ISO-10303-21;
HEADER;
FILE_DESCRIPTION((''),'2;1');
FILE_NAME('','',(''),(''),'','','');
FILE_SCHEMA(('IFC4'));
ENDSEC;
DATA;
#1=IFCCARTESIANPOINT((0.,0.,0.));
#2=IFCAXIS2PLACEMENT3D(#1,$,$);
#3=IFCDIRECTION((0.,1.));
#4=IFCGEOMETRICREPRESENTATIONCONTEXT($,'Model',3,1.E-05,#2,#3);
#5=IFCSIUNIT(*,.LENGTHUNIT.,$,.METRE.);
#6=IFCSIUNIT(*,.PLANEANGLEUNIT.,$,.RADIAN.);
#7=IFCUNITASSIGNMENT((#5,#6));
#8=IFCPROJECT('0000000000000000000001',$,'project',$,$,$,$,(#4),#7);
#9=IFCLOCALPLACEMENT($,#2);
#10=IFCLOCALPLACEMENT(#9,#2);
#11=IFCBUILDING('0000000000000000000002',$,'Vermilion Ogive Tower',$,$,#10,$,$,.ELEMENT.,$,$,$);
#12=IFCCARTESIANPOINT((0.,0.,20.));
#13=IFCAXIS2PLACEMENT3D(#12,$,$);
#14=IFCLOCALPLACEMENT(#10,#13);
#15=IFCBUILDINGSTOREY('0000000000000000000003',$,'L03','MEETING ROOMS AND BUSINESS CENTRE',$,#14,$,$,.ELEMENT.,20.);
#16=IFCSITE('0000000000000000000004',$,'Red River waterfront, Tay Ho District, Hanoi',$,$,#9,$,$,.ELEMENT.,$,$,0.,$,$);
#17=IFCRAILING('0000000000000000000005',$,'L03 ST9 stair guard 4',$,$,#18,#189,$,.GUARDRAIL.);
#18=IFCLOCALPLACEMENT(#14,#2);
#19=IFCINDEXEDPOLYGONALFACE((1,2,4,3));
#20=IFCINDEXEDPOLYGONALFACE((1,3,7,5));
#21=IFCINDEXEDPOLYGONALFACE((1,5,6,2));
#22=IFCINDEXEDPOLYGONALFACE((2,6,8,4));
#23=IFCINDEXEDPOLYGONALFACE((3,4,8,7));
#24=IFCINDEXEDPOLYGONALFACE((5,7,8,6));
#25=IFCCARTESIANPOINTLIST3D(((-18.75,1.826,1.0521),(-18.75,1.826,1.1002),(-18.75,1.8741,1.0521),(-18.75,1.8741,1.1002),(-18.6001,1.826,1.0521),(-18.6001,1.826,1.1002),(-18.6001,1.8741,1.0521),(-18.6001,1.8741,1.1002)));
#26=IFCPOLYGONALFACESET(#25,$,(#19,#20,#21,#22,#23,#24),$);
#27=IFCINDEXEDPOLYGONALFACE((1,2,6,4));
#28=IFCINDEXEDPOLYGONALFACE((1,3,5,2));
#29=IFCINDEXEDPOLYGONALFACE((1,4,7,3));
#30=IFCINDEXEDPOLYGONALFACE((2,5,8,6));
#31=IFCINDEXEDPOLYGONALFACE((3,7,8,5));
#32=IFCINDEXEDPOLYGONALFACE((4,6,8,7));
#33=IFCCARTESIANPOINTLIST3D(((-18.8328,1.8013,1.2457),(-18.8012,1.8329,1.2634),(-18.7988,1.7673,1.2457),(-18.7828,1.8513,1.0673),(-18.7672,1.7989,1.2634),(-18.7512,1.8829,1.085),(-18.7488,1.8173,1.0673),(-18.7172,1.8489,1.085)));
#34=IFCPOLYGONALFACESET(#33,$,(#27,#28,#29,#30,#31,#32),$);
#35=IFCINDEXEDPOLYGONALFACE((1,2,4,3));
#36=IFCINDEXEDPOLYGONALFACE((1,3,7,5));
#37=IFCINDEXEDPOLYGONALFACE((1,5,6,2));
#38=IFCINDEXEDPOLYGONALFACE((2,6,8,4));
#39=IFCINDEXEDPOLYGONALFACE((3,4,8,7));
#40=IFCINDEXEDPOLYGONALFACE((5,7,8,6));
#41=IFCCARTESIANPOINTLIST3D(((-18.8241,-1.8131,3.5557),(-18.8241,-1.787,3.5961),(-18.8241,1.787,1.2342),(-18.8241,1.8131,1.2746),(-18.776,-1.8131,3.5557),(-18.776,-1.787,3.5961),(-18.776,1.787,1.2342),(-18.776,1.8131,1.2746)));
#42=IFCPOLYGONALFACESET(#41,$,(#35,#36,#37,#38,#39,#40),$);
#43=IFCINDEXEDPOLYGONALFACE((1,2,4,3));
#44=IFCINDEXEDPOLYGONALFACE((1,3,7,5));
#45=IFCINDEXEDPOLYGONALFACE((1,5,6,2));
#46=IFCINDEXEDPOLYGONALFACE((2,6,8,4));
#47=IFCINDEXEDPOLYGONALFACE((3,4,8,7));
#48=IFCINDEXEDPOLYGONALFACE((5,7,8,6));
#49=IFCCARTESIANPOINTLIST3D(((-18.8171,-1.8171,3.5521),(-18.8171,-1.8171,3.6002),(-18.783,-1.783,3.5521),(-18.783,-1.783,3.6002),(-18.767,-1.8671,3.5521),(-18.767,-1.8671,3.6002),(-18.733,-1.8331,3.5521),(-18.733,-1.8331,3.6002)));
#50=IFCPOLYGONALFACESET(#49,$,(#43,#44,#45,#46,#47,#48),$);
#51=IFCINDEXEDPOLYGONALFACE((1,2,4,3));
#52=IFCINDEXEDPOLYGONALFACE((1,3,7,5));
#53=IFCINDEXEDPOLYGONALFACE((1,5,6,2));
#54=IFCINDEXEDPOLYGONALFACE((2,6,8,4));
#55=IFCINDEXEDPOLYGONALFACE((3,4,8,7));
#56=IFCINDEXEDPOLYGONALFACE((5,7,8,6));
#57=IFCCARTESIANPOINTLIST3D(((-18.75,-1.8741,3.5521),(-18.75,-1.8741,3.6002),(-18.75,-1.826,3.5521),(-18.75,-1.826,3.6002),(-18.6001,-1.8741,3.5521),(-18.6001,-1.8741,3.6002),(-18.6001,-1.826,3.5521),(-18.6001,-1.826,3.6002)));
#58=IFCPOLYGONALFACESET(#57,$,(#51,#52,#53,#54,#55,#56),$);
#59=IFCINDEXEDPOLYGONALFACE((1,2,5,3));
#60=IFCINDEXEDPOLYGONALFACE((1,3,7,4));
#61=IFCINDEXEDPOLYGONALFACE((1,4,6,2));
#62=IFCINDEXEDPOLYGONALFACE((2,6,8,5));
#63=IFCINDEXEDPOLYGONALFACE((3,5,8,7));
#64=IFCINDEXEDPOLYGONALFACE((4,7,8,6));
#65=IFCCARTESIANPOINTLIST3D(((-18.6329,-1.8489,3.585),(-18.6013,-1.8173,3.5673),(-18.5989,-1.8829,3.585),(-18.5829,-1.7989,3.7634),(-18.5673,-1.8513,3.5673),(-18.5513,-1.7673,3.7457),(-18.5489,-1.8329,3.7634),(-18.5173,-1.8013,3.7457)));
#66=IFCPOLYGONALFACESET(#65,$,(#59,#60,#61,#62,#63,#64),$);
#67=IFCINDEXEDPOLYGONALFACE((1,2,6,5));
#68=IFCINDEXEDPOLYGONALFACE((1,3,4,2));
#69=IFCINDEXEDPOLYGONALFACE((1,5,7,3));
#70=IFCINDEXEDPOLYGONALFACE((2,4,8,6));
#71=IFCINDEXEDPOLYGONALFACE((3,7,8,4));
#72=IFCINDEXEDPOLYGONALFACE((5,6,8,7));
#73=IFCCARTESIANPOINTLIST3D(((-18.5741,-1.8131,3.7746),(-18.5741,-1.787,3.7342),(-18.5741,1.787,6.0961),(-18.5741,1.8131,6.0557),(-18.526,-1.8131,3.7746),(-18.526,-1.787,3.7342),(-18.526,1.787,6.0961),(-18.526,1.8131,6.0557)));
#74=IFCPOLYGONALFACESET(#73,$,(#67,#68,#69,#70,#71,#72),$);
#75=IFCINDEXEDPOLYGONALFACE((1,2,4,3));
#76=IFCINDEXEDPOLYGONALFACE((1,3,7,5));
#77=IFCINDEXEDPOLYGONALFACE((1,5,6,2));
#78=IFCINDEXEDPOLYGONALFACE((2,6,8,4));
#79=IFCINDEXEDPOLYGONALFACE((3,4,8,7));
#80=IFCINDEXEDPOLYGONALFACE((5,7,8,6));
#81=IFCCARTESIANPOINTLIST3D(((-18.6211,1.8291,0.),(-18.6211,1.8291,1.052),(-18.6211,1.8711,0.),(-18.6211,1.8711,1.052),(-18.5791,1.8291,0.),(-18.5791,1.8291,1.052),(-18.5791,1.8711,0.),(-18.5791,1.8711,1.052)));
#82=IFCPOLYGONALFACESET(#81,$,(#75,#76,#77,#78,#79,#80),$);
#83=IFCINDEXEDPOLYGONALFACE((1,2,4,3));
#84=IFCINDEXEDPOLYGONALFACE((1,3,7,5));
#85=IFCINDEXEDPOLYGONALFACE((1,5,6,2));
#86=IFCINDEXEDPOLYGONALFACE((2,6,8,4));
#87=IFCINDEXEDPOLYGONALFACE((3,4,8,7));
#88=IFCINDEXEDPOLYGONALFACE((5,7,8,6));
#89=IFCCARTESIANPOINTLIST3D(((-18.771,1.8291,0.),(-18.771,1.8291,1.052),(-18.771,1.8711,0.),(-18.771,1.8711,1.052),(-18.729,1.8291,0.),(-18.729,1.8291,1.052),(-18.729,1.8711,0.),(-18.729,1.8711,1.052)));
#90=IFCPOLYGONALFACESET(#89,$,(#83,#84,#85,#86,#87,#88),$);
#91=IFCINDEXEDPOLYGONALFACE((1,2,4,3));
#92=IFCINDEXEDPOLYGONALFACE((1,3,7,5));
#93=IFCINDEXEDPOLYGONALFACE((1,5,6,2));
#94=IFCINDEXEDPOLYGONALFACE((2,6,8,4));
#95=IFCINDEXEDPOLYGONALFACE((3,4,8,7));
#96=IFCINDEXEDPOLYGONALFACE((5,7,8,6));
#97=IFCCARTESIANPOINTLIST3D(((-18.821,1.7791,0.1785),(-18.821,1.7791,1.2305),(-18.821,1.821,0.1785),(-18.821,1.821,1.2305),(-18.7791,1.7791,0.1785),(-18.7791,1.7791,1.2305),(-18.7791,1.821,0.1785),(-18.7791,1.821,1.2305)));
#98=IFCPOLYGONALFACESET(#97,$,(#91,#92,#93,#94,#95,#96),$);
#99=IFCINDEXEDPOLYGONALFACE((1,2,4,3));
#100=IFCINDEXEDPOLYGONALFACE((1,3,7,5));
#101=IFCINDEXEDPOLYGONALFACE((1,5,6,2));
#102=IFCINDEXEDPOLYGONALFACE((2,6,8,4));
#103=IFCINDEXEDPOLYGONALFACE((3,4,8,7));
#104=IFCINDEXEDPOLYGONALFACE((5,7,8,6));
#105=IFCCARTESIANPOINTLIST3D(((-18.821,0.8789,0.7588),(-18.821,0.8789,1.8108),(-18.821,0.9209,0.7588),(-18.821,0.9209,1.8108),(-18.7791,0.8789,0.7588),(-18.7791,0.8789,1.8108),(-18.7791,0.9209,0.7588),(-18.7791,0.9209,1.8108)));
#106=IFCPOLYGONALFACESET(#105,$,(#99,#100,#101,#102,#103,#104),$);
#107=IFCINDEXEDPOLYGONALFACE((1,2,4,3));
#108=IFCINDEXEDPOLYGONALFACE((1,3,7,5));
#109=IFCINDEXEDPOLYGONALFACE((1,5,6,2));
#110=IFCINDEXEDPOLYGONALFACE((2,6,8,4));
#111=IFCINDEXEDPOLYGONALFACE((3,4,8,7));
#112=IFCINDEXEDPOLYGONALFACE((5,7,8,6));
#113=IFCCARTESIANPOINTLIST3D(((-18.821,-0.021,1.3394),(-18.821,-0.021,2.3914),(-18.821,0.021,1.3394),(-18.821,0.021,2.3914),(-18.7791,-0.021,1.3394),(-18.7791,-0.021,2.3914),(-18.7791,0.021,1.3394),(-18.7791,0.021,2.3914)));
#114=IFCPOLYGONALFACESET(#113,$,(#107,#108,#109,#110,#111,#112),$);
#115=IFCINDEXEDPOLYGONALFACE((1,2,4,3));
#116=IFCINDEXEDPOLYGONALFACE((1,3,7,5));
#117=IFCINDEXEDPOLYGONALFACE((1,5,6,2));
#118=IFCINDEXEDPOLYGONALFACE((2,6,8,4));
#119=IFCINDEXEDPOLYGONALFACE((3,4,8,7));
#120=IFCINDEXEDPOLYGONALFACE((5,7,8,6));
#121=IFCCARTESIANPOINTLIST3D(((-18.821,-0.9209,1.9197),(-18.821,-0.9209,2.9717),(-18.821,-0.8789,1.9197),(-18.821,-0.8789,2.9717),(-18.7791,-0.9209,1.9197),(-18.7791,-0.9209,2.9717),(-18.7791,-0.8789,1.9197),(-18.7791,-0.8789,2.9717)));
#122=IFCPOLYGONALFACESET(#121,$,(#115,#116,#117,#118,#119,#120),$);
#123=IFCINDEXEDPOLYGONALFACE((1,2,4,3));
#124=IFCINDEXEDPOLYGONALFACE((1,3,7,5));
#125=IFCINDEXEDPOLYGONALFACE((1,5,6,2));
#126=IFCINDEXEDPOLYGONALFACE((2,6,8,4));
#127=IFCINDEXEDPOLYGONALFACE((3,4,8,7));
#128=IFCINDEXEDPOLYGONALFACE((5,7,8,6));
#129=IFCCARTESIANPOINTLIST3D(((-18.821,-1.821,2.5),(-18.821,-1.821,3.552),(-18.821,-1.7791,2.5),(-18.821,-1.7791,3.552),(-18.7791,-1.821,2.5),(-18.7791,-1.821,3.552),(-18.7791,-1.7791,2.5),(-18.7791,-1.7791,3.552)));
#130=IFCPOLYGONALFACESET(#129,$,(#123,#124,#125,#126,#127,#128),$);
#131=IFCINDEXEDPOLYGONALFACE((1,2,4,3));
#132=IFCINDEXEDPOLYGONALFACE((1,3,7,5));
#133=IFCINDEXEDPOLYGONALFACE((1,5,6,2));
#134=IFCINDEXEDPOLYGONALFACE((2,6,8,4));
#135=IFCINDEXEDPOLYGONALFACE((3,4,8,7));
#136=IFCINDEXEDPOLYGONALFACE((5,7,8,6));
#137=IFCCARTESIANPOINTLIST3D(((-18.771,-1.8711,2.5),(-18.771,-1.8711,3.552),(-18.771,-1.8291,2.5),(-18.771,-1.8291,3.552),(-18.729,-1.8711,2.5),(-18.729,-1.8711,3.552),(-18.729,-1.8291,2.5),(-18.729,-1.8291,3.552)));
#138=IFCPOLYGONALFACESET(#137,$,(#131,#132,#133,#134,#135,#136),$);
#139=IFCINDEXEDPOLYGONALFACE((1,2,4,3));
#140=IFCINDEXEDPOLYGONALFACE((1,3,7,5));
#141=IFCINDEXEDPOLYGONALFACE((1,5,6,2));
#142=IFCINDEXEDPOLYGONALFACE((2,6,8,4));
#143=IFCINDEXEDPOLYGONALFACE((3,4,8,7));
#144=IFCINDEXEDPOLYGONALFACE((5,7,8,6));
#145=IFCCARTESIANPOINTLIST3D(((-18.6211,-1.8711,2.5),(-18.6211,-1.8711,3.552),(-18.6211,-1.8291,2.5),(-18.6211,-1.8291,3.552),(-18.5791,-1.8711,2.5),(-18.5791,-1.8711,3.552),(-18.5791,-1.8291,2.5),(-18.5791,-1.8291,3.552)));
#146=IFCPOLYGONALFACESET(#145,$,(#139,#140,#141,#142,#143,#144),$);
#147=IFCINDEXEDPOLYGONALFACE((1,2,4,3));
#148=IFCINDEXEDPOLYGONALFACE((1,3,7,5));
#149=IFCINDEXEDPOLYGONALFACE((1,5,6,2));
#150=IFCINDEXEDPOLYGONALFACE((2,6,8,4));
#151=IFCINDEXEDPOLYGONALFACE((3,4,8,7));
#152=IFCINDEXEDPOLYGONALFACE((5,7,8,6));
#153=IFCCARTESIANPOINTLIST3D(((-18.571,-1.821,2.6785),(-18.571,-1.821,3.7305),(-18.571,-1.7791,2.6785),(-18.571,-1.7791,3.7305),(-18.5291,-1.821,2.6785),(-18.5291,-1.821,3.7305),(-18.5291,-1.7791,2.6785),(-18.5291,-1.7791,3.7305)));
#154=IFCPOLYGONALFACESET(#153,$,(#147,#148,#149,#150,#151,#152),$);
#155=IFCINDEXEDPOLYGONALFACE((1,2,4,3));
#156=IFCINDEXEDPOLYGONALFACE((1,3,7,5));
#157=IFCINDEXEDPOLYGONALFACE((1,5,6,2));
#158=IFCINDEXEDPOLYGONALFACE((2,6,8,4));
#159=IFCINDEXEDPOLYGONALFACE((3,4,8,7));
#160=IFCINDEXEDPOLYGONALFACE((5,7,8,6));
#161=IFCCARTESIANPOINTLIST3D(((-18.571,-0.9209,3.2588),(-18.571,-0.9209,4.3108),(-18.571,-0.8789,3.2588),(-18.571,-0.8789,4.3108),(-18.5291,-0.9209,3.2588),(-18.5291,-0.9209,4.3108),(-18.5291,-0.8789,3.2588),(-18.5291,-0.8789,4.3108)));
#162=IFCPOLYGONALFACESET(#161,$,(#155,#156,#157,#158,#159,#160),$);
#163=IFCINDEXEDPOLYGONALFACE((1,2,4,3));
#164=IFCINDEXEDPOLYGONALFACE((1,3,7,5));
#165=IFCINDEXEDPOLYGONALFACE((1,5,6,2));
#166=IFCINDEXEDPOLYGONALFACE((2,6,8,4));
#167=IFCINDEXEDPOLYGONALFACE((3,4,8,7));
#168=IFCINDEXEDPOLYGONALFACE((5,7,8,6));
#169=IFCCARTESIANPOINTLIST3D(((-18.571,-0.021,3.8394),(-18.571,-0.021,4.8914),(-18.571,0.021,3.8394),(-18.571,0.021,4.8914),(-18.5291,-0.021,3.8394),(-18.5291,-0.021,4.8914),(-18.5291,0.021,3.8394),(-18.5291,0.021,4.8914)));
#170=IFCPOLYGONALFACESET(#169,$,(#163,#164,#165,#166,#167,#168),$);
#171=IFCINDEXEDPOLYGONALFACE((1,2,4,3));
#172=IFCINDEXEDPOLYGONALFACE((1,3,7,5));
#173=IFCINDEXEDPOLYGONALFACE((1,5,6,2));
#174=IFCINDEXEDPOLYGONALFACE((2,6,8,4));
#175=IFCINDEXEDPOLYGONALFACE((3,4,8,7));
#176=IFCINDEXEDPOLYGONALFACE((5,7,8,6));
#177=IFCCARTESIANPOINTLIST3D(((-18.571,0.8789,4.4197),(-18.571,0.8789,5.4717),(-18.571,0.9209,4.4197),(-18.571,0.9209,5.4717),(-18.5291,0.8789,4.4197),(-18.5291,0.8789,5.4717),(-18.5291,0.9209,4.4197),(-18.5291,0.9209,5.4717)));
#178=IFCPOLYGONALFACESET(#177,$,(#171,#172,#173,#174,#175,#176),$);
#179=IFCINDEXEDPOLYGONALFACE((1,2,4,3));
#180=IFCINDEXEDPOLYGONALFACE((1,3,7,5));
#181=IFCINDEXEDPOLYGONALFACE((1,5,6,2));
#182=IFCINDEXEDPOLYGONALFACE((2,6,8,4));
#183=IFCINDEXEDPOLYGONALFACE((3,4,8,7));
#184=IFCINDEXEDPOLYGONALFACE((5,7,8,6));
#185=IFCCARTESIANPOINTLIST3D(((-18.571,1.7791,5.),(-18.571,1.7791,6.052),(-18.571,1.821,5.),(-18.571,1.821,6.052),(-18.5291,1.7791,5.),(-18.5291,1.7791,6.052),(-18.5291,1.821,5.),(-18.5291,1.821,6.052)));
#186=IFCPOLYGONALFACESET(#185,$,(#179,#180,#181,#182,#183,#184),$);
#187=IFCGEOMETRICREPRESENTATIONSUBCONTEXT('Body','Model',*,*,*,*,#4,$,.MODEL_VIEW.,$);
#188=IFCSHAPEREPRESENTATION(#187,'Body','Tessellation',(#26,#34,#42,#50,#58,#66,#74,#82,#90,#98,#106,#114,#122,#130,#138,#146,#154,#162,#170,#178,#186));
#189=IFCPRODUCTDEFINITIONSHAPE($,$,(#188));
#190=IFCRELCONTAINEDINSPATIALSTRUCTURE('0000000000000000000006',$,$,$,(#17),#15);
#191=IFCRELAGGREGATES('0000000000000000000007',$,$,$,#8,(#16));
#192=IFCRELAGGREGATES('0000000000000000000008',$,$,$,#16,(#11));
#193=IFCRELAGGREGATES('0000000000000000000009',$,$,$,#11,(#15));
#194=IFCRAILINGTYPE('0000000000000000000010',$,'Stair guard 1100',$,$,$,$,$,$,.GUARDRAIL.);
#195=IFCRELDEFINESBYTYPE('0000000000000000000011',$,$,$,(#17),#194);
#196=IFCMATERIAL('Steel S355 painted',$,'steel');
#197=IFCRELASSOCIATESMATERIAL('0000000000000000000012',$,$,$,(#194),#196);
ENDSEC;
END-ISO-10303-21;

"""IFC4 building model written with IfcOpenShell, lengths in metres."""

from ifc_helpers import new_model, si_unit, direction, frame, origin, origin_2d, place, context, subcontext, project, spatial, rectangle, extrude, material, type_object, element, save


model = new_model("IFC4")

# Units and contexts
model_context = context("Model", 3, precision=1e-05, world=origin(), true_north=direction((0.0, 1.0)))
body_context = subcontext(model_context, "Body", "Model", "MODEL_VIEW")
ifc_project = project(units=[si_unit("LENGTHUNIT", "METRE"), si_unit("PLANEANGLEUNIT", "RADIAN")], contexts=[model_context])

# Site, building, storey
site_placement = place(None, origin())
site = spatial("IfcSite", under=ifc_project, at=site_placement, Name="Red River waterfront, Tay Ho District, Hanoi", CompositionType="ELEMENT", RefElevation=0.0)
building_placement = place(site_placement, origin())
building = spatial("IfcBuilding", under=site, at=building_placement, Name="Vermilion Ogive Tower", CompositionType="ELEMENT")
storey_placement = place(building_placement, frame((0.0, 0.0, 20.0)))
storey = spatial("IfcBuildingStorey", under=building, at=storey_placement, Name="L03", Description="MEETING ROOMS AND BUSINESS CENTRE", CompositionType="ELEMENT", Elevation=20.0)

# Railing
ifc_material_1 = material(Name="Steel S355 painted", Category="steel")
railing_type_1 = type_object("IfcRailingType", Name="Stair guard 1100", PredefinedType="GUARDRAIL", material=ifc_material_1)
railing_1_placement = place(storey_placement, frame((-18.6001, 1.8501, 0.0)))
element("IfcRailing", 1, at=railing_1_placement, inside=storey, type_object=railing_type_1, Name="L03 ST9 stair guard 4", PredefinedType="GUARDRAIL", context=body_context, shape_type="SweptSolid", body=[
    extrude(rectangle(XDim=0.0481, YDim=0.0481, at=origin_2d()), frame((0.0, 0.0, 1.0762), z_axis=(-1.0, 0.0, 0.0), x_axis=(0.0, -1.0, 0.0)), (0.0, 0.0, 1.0), 0.1499),
    extrude(rectangle(XDim=0.0481, YDim=0.0481, at=origin_2d()), frame((-0.1499, 0.0, 1.0762), z_axis=(-0.260685, -0.260685, 0.929563), x_axis=(0.707107, -0.707107, 0.0)), (0.0, 0.0, 1.0), 0.1919),
    extrude(rectangle(XDim=0.0481, YDim=0.0481, at=origin_2d()), frame((-0.2, -0.05, 1.2544), z_axis=(0.0, -0.840415, 0.541944), x_axis=(1.0, 0.0, 0.0)), (0.0, 0.0, 1.0), 4.2837),
    extrude(rectangle(XDim=0.0481, YDim=0.0481, at=origin_2d()), frame((-0.2, -3.6501, 3.5762), z_axis=(0.707107, -0.707107, 0.0), x_axis=(0.707107, 0.707107, 0.0)), (0.0, 0.0, 1.0), 0.0708),
    extrude(rectangle(XDim=0.0481, YDim=0.0481, at=origin_2d()), frame((-0.1499, -3.7002, 3.5762), z_axis=(1.0, 0.0, 0.0), x_axis=(0.0, 1.0, 0.0)), (0.0, 0.0, 1.0), 0.1499),
    extrude(rectangle(XDim=0.0481, YDim=0.0481, at=origin_2d()), frame((0.0, -3.7002, 3.5762), z_axis=(0.260685, 0.260685, 0.929563), x_axis=(-0.707107, 0.707107, 0.0)), (0.0, 0.0, 1.0), 0.1919),
    extrude(rectangle(XDim=0.0481, YDim=0.0481, at=origin_2d()), frame((0.05, -3.6501, 3.7544), z_axis=(0.0, 0.840415, 0.541944), x_axis=(-1.0, 0.0, 0.0)), (0.0, 0.0, 1.0), 4.2837),
    extrude(rectangle(XDim=0.042, YDim=0.042, at=origin_2d()), origin(), (0.0, 0.0, 1.0), 1.052),
    extrude(rectangle(XDim=0.042, YDim=0.042, at=origin_2d()), frame((-0.1499, 0.0, 0.0)), (0.0, 0.0, 1.0), 1.052),
    extrude(rectangle(XDim=0.042, YDim=0.042, at=origin_2d()), frame((-0.2, -0.05, 0.1785)), (0.0, 0.0, 1.0), 1.052),
    extrude(rectangle(XDim=0.042, YDim=0.042, at=origin_2d()), frame((-0.2, -0.9502, 0.7588)), (0.0, 0.0, 1.0), 1.052),
    extrude(rectangle(XDim=0.042, YDim=0.042, at=origin_2d()), frame((-0.2, -1.8501, 1.3394)), (0.0, 0.0, 1.0), 1.052),
    extrude(rectangle(XDim=0.042, YDim=0.042, at=origin_2d()), frame((-0.2, -2.75, 1.9197)), (0.0, 0.0, 1.0), 1.052),
    extrude(rectangle(XDim=0.042, YDim=0.042, at=origin_2d()), frame((-0.2, -3.6501, 2.5)), (0.0, 0.0, 1.0), 1.052),
    extrude(rectangle(XDim=0.042, YDim=0.042, at=origin_2d()), frame((-0.1499, -3.7002, 2.5)), (0.0, 0.0, 1.0), 1.052),
    extrude(rectangle(XDim=0.042, YDim=0.042, at=origin_2d()), frame((0.0, -3.7002, 2.5)), (0.0, 0.0, 1.0), 1.052),
    extrude(rectangle(XDim=0.042, YDim=0.042, at=origin_2d()), frame((0.05, -3.6501, 2.6785)), (0.0, 0.0, 1.0), 1.052),
    extrude(rectangle(XDim=0.042, YDim=0.042, at=origin_2d()), frame((0.05, -2.75, 3.2588)), (0.0, 0.0, 1.0), 1.052),
    extrude(rectangle(XDim=0.042, YDim=0.042, at=origin_2d()), frame((0.05, -1.8501, 3.8394)), (0.0, 0.0, 1.0), 1.052),
    extrude(rectangle(XDim=0.042, YDim=0.042, at=origin_2d()), frame((0.05, -0.9502, 4.4197)), (0.0, 0.0, 1.0), 1.052),
    extrude(rectangle(XDim=0.042, YDim=0.042, at=origin_2d()), frame((0.05, -0.05, 5.0)), (0.0, 0.0, 1.0), 1.052),
])

save(model, "model.ifc")
